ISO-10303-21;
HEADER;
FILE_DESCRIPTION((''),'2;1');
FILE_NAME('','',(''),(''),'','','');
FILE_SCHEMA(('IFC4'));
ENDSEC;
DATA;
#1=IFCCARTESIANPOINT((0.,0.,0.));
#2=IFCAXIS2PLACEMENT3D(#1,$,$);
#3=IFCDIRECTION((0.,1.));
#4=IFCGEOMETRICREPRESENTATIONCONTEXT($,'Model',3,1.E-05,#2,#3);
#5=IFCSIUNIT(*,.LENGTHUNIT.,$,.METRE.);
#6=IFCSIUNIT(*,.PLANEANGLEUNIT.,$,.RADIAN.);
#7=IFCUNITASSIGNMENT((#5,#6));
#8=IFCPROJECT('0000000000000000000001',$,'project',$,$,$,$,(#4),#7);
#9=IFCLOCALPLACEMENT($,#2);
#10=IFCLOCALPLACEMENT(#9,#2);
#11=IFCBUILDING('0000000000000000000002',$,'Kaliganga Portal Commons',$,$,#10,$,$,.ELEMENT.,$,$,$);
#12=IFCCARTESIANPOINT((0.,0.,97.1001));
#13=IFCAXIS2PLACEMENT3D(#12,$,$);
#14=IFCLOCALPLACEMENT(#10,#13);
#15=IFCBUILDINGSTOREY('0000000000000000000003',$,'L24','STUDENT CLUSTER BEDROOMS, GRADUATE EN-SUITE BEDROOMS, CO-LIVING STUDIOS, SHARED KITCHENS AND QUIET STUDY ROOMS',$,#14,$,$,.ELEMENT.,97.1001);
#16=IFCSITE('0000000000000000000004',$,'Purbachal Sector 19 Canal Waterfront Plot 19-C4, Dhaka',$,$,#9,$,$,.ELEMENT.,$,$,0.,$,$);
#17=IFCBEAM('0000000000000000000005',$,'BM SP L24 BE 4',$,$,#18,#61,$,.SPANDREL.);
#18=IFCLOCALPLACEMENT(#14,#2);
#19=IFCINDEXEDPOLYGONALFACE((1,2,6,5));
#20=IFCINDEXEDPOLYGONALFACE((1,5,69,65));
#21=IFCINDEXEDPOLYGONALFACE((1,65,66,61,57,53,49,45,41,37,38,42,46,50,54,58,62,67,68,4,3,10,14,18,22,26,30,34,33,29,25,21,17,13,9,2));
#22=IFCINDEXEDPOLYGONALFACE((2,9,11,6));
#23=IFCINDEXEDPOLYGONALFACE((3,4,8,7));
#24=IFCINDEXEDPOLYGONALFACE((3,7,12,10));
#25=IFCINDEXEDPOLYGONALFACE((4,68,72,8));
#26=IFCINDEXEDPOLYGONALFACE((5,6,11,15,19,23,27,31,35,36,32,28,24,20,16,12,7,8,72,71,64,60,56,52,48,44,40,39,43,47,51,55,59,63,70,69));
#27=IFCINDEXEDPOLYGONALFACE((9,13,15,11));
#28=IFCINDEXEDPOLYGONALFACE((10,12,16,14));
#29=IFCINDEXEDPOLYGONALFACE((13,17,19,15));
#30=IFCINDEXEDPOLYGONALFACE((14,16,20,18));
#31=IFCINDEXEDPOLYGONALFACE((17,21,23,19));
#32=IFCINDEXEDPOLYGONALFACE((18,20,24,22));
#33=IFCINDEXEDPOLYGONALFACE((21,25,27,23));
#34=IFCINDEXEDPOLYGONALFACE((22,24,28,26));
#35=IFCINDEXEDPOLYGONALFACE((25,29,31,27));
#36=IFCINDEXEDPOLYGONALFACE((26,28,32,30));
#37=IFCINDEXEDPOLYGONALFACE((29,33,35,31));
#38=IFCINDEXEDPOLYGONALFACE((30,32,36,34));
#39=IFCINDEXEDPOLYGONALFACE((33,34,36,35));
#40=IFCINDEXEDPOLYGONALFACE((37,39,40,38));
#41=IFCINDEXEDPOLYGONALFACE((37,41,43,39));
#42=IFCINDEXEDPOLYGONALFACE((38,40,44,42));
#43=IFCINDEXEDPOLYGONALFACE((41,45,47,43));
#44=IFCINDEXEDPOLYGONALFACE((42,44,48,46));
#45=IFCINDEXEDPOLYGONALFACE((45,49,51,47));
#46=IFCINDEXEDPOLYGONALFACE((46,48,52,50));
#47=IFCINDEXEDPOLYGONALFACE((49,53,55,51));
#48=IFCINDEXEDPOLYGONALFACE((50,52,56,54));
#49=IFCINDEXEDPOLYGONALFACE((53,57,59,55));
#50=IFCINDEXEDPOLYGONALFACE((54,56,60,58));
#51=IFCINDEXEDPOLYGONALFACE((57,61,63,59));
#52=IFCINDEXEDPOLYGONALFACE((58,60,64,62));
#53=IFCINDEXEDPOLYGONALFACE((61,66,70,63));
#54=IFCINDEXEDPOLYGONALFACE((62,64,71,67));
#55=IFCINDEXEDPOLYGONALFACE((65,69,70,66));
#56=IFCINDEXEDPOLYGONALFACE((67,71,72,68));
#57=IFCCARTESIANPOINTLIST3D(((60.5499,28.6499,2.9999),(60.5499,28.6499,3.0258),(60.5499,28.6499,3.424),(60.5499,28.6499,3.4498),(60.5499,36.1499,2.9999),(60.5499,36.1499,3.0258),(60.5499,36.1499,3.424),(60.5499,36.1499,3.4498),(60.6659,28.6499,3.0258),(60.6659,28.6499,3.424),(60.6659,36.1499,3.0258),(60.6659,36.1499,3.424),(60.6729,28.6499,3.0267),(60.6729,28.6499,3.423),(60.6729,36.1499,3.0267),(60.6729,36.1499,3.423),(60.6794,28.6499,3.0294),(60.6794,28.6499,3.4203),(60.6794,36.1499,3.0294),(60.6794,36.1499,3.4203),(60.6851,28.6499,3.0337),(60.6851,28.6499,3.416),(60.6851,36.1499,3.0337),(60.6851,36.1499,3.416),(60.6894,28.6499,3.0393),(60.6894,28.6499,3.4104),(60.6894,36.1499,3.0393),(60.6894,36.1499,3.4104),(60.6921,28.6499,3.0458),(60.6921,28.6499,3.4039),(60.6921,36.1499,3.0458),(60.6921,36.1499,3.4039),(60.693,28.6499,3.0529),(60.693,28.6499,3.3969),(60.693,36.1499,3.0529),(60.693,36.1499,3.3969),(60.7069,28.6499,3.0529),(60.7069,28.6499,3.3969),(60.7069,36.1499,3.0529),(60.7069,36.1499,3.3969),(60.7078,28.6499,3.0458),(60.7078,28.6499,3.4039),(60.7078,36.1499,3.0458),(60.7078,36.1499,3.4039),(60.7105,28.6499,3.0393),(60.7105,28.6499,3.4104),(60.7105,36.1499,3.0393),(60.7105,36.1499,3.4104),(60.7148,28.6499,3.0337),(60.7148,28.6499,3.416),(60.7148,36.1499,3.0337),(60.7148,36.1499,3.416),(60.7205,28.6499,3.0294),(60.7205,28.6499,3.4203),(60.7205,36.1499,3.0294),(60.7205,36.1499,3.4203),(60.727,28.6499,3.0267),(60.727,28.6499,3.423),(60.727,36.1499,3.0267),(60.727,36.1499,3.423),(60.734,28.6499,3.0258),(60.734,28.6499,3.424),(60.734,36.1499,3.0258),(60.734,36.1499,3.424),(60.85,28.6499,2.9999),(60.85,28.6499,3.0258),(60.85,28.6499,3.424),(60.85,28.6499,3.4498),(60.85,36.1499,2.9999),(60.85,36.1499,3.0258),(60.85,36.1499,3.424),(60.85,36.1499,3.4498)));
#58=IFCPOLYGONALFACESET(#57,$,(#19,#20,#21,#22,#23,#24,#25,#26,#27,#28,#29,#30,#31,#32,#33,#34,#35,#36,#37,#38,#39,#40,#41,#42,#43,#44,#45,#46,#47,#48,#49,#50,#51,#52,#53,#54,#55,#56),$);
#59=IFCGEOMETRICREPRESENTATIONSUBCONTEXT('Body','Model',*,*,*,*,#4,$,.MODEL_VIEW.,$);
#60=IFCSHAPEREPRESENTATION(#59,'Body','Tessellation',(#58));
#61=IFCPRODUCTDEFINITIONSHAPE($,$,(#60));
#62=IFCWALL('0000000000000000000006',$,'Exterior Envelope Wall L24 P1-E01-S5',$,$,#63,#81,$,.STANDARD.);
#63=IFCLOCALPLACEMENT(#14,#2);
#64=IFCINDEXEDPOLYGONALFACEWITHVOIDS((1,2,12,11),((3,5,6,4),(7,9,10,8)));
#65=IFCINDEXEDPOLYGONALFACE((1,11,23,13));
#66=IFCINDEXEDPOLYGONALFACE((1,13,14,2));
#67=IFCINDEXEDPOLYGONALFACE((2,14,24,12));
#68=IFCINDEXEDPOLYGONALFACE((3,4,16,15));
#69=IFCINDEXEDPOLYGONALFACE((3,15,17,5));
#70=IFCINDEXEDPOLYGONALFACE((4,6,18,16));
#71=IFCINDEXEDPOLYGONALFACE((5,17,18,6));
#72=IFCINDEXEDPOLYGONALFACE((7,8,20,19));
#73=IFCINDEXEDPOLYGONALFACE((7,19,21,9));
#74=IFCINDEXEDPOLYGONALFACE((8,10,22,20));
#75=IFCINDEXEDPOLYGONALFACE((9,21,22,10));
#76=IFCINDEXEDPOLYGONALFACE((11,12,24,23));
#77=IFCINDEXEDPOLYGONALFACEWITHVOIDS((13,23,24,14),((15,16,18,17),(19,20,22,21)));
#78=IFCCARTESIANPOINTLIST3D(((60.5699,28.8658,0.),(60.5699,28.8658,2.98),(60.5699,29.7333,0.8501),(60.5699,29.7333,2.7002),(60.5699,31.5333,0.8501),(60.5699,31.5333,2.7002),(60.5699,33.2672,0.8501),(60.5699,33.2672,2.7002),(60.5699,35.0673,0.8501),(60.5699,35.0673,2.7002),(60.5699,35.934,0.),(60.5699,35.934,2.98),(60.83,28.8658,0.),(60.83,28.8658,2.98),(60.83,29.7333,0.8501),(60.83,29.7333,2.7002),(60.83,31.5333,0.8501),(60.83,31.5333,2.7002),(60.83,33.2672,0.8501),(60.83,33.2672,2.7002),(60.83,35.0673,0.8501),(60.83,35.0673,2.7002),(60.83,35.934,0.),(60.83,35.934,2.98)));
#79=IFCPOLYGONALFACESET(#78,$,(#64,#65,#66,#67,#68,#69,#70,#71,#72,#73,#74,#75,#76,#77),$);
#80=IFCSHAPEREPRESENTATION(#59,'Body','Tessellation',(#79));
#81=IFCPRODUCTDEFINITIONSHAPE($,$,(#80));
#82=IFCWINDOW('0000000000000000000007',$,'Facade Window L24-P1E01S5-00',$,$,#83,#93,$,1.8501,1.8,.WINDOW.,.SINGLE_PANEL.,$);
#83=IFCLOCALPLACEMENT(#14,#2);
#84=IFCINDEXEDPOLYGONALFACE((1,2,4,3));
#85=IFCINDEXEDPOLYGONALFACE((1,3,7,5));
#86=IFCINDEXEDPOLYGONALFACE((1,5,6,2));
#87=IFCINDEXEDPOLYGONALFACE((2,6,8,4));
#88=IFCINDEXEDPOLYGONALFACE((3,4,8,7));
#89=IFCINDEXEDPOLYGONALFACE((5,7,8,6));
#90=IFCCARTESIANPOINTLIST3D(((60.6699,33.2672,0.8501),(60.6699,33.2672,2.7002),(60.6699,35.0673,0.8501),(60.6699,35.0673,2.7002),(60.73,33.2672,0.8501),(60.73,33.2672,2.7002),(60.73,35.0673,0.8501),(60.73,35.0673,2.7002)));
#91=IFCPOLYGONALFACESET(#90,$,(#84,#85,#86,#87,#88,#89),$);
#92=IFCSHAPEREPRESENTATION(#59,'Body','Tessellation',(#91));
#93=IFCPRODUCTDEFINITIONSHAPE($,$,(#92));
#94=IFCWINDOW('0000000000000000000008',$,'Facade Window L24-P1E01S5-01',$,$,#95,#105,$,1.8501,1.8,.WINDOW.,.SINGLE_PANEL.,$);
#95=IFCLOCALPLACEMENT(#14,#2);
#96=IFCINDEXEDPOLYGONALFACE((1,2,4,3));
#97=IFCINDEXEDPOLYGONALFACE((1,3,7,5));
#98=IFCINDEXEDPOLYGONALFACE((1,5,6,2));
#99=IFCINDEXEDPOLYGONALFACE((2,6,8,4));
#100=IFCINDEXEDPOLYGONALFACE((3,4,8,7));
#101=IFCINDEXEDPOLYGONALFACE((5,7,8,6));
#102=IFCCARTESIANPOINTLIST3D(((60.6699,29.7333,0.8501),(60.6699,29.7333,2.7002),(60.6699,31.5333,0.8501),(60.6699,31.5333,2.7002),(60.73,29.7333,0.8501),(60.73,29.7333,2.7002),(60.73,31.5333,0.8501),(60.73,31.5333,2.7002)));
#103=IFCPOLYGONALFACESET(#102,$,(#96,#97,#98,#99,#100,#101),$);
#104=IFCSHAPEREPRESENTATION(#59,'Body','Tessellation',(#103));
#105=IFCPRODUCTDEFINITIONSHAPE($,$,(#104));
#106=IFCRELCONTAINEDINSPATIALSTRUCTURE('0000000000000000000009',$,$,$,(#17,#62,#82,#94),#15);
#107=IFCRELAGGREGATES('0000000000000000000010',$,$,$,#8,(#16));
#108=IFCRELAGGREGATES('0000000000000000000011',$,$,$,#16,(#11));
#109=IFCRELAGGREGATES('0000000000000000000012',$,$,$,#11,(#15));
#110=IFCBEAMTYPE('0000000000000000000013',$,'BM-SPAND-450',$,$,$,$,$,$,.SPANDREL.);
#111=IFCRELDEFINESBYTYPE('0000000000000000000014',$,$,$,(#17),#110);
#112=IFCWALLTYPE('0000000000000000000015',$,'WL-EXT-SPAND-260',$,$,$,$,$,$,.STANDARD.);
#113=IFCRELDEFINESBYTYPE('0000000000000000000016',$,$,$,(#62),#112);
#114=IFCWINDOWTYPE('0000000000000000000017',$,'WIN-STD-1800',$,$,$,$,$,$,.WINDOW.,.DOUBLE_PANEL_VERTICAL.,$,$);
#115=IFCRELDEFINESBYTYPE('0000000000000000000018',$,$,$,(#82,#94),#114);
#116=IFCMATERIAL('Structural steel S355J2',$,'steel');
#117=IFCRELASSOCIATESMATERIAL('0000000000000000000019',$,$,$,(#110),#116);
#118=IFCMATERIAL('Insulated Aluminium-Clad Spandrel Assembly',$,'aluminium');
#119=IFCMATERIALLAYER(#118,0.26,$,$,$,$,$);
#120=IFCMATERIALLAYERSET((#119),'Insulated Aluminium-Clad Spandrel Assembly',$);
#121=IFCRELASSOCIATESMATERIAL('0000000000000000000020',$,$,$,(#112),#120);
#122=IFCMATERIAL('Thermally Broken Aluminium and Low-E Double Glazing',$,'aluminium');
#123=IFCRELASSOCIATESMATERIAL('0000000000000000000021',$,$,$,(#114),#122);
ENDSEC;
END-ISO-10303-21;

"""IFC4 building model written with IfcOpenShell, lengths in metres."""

from ifc_helpers import new_model, si_unit, direction, frame, frame_2d, origin, origin_2d, place, context, subcontext, project, spatial, rectangle, i_section, extrude, source, transform, mapped, material, layer, layer_set, material_profile, profile_set, type_object, element, fill, save


model = new_model("IFC4")

# Units and contexts
model_context = context("Model", 3, precision=1e-05, world=origin(), true_north=direction((0.0, 1.0)))
body_context = subcontext(model_context, "Body", "Model", "MODEL_VIEW")
ifc_project = project(units=[si_unit("LENGTHUNIT", "METRE"), si_unit("PLANEANGLEUNIT", "RADIAN")], contexts=[model_context])

# Site, building, storey
site_placement = place(None, origin())
site = spatial("IfcSite", under=ifc_project, at=site_placement, Name="Purbachal Sector 19 Canal Waterfront Plot 19-C4, Dhaka", CompositionType="ELEMENT", RefElevation=0.0)
building_placement = place(site_placement, origin())
building = spatial("IfcBuilding", under=site, at=building_placement, Name="Kaliganga Portal Commons", CompositionType="ELEMENT")
storey_placement = place(building_placement, frame((0.0, 0.0, 97.1001)))
storey = spatial("IfcBuildingStorey", under=building, at=storey_placement, Name="L24", Description="STUDENT CLUSTER BEDROOMS, GRADUATE EN-SUITE BEDROOMS, CO-LIVING STUDIOS, SHARED KITCHENS AND QUIET STUDY ROOMS", CompositionType="ELEMENT", Elevation=97.1001)

# Beam
ifc_material_1 = material(Name="Structural steel S355J2", Category="steel")
ifc_material_profile_1 = material_profile(ifc_material_1, i_section(OverallWidth=0.3, OverallDepth=0.45, WebThickness=0.0139, FlangeThickness=0.0259, FilletRadius=0.0271, at=origin_2d()), Name="HE 450 B")
ifc_profile_set_1 = profile_set([ifc_material_profile_1], Name="Structural steel S355J2 wide-flange")
beam_type_1 = type_object("IfcBeamType", Name="BM-SPAND-450", PredefinedType="SPANDREL", material=ifc_profile_set_1)
shared_shape_1 = source(origin(), body_context, "Body", "SweptSolid", [
    extrude(i_section(OverallWidth=0.3, OverallDepth=0.45, WebThickness=0.0139, FlangeThickness=0.0259, FilletRadius=0.0271, at=origin_2d()), origin(), (0.0, 0.0, 1.0), 7.5),
])
beam_1_placement = place(storey_placement, frame((60.7, 28.6499, 3.2249), z_axis=(0.0, 1.0, 0.0), x_axis=(-1.0, 0.0, 0.0)))
element("IfcBeam", 1, at=beam_1_placement, inside=storey, type_object=beam_type_1, Name="BM SP L24 BE 4", PredefinedType="SPANDREL", context=body_context, shape_type="MappedRepresentation", body=[
    mapped(shared_shape_1, transform((0.0, 0.0, 0.0), x_axis=(1.0, 0.0, 0.0), y_axis=(0.0, 1.0, 0.0), z_axis=(0.0, 0.0, 1.0), scale=1.0)),
])

# Wall, openings, windows
ifc_material_2 = material(Name="Insulated Aluminium-Clad Spandrel Assembly", Category="aluminium")
ifc_layer = layer(ifc_material_2, 0.26)
ifc_layer_set = layer_set([ifc_layer], Name="Insulated Aluminium-Clad Spandrel Assembly")
wall_type = type_object("IfcWallType", Name="WL-EXT-SPAND-260", PredefinedType="STANDARD", material=ifc_layer_set)
wall_placement = place(storey_placement, frame((60.7, 35.9341, 0.0), z_axis=(0.0, 0.0, 1.0), x_axis=(0.0, -1.0, 0.0)))
wall = element("IfcWall", 2, at=wall_placement, inside=storey, type_object=wall_type, Name="Exterior Envelope Wall L24 P1-E01-S5", PredefinedType="STANDARD", context=body_context, shape_type="SweptSolid", body=[
    extrude(rectangle(XDim=7.0681, YDim=0.26, at=frame_2d((3.5342, 0.0))), origin(), (0.0, 0.0, 1.0), 2.98),
])
opening_1_placement = place(wall_placement, frame((0.8669, 0.0, 0.8501)))
opening_1 = element("IfcOpeningElement", 3, at=opening_1_placement, cuts=wall, PredefinedType="OPENING", context=body_context, shape_type="SweptSolid", body=[
    extrude(rectangle(XDim=1.8, YDim=1.8501, at=frame_2d((0.8999, 0.925))), frame((0.0, 0.1401, 0.0), z_axis=(0.0, -1.0, 0.0), x_axis=(1.0, 0.0, 0.0)), (0.0, 0.0, 1.0), 0.28),
])
opening_2_placement = place(wall_placement, frame((4.4009, 0.0, 0.8501)))
opening_2 = element("IfcOpeningElement", 4, at=opening_2_placement, cuts=wall, PredefinedType="OPENING", context=body_context, shape_type="SweptSolid", body=[
    extrude(rectangle(XDim=1.8, YDim=1.8501, at=frame_2d((0.8999, 0.925))), frame((0.0, 0.1401, 0.0), z_axis=(0.0, -1.0, 0.0), x_axis=(1.0, 0.0, 0.0)), (0.0, 0.0, 1.0), 0.28),
])
ifc_material_3 = material(Name="Thermally Broken Aluminium and Low-E Double Glazing", Category="aluminium")
window_type = type_object("IfcWindowType", Name="WIN-STD-1800", PartitioningType="DOUBLE_PANEL_VERTICAL", PredefinedType="WINDOW", material=ifc_material_3)
window_1_placement = place(opening_1_placement, origin())
window_1 = element("IfcWindow", 5, at=window_1_placement, inside=storey, type_object=window_type, Name="Facade Window L24-P1E01S5-00", OverallHeight=1.8501, OverallWidth=1.8, PartitioningType="SINGLE_PANEL", PredefinedType="WINDOW", context=body_context, shape_type="SweptSolid", body=[
    extrude(rectangle(XDim=1.8, YDim=1.8501, at=frame_2d((0.8999, 0.925))), frame((0.0, 0.03, 0.0), z_axis=(0.0, -1.0, 0.0), x_axis=(1.0, 0.0, 0.0)), (0.0, 0.0, 1.0), 0.0601),
])
fill(opening_1, window_1)
window_2_placement = place(opening_2_placement, origin())
window_2 = element("IfcWindow", 6, at=window_2_placement, inside=storey, type_object=window_type, Name="Facade Window L24-P1E01S5-01", OverallHeight=1.8501, OverallWidth=1.8, PartitioningType="SINGLE_PANEL", PredefinedType="WINDOW", context=body_context, shape_type="SweptSolid", body=[
    extrude(rectangle(XDim=1.8, YDim=1.8501, at=frame_2d((0.8999, 0.925))), frame((0.0, 0.03, 0.0), z_axis=(0.0, -1.0, 0.0), x_axis=(1.0, 0.0, 0.0)), (0.0, 0.0, 1.0), 0.0601),
])
fill(opening_2, window_2)

save(model, "model.ifc")
